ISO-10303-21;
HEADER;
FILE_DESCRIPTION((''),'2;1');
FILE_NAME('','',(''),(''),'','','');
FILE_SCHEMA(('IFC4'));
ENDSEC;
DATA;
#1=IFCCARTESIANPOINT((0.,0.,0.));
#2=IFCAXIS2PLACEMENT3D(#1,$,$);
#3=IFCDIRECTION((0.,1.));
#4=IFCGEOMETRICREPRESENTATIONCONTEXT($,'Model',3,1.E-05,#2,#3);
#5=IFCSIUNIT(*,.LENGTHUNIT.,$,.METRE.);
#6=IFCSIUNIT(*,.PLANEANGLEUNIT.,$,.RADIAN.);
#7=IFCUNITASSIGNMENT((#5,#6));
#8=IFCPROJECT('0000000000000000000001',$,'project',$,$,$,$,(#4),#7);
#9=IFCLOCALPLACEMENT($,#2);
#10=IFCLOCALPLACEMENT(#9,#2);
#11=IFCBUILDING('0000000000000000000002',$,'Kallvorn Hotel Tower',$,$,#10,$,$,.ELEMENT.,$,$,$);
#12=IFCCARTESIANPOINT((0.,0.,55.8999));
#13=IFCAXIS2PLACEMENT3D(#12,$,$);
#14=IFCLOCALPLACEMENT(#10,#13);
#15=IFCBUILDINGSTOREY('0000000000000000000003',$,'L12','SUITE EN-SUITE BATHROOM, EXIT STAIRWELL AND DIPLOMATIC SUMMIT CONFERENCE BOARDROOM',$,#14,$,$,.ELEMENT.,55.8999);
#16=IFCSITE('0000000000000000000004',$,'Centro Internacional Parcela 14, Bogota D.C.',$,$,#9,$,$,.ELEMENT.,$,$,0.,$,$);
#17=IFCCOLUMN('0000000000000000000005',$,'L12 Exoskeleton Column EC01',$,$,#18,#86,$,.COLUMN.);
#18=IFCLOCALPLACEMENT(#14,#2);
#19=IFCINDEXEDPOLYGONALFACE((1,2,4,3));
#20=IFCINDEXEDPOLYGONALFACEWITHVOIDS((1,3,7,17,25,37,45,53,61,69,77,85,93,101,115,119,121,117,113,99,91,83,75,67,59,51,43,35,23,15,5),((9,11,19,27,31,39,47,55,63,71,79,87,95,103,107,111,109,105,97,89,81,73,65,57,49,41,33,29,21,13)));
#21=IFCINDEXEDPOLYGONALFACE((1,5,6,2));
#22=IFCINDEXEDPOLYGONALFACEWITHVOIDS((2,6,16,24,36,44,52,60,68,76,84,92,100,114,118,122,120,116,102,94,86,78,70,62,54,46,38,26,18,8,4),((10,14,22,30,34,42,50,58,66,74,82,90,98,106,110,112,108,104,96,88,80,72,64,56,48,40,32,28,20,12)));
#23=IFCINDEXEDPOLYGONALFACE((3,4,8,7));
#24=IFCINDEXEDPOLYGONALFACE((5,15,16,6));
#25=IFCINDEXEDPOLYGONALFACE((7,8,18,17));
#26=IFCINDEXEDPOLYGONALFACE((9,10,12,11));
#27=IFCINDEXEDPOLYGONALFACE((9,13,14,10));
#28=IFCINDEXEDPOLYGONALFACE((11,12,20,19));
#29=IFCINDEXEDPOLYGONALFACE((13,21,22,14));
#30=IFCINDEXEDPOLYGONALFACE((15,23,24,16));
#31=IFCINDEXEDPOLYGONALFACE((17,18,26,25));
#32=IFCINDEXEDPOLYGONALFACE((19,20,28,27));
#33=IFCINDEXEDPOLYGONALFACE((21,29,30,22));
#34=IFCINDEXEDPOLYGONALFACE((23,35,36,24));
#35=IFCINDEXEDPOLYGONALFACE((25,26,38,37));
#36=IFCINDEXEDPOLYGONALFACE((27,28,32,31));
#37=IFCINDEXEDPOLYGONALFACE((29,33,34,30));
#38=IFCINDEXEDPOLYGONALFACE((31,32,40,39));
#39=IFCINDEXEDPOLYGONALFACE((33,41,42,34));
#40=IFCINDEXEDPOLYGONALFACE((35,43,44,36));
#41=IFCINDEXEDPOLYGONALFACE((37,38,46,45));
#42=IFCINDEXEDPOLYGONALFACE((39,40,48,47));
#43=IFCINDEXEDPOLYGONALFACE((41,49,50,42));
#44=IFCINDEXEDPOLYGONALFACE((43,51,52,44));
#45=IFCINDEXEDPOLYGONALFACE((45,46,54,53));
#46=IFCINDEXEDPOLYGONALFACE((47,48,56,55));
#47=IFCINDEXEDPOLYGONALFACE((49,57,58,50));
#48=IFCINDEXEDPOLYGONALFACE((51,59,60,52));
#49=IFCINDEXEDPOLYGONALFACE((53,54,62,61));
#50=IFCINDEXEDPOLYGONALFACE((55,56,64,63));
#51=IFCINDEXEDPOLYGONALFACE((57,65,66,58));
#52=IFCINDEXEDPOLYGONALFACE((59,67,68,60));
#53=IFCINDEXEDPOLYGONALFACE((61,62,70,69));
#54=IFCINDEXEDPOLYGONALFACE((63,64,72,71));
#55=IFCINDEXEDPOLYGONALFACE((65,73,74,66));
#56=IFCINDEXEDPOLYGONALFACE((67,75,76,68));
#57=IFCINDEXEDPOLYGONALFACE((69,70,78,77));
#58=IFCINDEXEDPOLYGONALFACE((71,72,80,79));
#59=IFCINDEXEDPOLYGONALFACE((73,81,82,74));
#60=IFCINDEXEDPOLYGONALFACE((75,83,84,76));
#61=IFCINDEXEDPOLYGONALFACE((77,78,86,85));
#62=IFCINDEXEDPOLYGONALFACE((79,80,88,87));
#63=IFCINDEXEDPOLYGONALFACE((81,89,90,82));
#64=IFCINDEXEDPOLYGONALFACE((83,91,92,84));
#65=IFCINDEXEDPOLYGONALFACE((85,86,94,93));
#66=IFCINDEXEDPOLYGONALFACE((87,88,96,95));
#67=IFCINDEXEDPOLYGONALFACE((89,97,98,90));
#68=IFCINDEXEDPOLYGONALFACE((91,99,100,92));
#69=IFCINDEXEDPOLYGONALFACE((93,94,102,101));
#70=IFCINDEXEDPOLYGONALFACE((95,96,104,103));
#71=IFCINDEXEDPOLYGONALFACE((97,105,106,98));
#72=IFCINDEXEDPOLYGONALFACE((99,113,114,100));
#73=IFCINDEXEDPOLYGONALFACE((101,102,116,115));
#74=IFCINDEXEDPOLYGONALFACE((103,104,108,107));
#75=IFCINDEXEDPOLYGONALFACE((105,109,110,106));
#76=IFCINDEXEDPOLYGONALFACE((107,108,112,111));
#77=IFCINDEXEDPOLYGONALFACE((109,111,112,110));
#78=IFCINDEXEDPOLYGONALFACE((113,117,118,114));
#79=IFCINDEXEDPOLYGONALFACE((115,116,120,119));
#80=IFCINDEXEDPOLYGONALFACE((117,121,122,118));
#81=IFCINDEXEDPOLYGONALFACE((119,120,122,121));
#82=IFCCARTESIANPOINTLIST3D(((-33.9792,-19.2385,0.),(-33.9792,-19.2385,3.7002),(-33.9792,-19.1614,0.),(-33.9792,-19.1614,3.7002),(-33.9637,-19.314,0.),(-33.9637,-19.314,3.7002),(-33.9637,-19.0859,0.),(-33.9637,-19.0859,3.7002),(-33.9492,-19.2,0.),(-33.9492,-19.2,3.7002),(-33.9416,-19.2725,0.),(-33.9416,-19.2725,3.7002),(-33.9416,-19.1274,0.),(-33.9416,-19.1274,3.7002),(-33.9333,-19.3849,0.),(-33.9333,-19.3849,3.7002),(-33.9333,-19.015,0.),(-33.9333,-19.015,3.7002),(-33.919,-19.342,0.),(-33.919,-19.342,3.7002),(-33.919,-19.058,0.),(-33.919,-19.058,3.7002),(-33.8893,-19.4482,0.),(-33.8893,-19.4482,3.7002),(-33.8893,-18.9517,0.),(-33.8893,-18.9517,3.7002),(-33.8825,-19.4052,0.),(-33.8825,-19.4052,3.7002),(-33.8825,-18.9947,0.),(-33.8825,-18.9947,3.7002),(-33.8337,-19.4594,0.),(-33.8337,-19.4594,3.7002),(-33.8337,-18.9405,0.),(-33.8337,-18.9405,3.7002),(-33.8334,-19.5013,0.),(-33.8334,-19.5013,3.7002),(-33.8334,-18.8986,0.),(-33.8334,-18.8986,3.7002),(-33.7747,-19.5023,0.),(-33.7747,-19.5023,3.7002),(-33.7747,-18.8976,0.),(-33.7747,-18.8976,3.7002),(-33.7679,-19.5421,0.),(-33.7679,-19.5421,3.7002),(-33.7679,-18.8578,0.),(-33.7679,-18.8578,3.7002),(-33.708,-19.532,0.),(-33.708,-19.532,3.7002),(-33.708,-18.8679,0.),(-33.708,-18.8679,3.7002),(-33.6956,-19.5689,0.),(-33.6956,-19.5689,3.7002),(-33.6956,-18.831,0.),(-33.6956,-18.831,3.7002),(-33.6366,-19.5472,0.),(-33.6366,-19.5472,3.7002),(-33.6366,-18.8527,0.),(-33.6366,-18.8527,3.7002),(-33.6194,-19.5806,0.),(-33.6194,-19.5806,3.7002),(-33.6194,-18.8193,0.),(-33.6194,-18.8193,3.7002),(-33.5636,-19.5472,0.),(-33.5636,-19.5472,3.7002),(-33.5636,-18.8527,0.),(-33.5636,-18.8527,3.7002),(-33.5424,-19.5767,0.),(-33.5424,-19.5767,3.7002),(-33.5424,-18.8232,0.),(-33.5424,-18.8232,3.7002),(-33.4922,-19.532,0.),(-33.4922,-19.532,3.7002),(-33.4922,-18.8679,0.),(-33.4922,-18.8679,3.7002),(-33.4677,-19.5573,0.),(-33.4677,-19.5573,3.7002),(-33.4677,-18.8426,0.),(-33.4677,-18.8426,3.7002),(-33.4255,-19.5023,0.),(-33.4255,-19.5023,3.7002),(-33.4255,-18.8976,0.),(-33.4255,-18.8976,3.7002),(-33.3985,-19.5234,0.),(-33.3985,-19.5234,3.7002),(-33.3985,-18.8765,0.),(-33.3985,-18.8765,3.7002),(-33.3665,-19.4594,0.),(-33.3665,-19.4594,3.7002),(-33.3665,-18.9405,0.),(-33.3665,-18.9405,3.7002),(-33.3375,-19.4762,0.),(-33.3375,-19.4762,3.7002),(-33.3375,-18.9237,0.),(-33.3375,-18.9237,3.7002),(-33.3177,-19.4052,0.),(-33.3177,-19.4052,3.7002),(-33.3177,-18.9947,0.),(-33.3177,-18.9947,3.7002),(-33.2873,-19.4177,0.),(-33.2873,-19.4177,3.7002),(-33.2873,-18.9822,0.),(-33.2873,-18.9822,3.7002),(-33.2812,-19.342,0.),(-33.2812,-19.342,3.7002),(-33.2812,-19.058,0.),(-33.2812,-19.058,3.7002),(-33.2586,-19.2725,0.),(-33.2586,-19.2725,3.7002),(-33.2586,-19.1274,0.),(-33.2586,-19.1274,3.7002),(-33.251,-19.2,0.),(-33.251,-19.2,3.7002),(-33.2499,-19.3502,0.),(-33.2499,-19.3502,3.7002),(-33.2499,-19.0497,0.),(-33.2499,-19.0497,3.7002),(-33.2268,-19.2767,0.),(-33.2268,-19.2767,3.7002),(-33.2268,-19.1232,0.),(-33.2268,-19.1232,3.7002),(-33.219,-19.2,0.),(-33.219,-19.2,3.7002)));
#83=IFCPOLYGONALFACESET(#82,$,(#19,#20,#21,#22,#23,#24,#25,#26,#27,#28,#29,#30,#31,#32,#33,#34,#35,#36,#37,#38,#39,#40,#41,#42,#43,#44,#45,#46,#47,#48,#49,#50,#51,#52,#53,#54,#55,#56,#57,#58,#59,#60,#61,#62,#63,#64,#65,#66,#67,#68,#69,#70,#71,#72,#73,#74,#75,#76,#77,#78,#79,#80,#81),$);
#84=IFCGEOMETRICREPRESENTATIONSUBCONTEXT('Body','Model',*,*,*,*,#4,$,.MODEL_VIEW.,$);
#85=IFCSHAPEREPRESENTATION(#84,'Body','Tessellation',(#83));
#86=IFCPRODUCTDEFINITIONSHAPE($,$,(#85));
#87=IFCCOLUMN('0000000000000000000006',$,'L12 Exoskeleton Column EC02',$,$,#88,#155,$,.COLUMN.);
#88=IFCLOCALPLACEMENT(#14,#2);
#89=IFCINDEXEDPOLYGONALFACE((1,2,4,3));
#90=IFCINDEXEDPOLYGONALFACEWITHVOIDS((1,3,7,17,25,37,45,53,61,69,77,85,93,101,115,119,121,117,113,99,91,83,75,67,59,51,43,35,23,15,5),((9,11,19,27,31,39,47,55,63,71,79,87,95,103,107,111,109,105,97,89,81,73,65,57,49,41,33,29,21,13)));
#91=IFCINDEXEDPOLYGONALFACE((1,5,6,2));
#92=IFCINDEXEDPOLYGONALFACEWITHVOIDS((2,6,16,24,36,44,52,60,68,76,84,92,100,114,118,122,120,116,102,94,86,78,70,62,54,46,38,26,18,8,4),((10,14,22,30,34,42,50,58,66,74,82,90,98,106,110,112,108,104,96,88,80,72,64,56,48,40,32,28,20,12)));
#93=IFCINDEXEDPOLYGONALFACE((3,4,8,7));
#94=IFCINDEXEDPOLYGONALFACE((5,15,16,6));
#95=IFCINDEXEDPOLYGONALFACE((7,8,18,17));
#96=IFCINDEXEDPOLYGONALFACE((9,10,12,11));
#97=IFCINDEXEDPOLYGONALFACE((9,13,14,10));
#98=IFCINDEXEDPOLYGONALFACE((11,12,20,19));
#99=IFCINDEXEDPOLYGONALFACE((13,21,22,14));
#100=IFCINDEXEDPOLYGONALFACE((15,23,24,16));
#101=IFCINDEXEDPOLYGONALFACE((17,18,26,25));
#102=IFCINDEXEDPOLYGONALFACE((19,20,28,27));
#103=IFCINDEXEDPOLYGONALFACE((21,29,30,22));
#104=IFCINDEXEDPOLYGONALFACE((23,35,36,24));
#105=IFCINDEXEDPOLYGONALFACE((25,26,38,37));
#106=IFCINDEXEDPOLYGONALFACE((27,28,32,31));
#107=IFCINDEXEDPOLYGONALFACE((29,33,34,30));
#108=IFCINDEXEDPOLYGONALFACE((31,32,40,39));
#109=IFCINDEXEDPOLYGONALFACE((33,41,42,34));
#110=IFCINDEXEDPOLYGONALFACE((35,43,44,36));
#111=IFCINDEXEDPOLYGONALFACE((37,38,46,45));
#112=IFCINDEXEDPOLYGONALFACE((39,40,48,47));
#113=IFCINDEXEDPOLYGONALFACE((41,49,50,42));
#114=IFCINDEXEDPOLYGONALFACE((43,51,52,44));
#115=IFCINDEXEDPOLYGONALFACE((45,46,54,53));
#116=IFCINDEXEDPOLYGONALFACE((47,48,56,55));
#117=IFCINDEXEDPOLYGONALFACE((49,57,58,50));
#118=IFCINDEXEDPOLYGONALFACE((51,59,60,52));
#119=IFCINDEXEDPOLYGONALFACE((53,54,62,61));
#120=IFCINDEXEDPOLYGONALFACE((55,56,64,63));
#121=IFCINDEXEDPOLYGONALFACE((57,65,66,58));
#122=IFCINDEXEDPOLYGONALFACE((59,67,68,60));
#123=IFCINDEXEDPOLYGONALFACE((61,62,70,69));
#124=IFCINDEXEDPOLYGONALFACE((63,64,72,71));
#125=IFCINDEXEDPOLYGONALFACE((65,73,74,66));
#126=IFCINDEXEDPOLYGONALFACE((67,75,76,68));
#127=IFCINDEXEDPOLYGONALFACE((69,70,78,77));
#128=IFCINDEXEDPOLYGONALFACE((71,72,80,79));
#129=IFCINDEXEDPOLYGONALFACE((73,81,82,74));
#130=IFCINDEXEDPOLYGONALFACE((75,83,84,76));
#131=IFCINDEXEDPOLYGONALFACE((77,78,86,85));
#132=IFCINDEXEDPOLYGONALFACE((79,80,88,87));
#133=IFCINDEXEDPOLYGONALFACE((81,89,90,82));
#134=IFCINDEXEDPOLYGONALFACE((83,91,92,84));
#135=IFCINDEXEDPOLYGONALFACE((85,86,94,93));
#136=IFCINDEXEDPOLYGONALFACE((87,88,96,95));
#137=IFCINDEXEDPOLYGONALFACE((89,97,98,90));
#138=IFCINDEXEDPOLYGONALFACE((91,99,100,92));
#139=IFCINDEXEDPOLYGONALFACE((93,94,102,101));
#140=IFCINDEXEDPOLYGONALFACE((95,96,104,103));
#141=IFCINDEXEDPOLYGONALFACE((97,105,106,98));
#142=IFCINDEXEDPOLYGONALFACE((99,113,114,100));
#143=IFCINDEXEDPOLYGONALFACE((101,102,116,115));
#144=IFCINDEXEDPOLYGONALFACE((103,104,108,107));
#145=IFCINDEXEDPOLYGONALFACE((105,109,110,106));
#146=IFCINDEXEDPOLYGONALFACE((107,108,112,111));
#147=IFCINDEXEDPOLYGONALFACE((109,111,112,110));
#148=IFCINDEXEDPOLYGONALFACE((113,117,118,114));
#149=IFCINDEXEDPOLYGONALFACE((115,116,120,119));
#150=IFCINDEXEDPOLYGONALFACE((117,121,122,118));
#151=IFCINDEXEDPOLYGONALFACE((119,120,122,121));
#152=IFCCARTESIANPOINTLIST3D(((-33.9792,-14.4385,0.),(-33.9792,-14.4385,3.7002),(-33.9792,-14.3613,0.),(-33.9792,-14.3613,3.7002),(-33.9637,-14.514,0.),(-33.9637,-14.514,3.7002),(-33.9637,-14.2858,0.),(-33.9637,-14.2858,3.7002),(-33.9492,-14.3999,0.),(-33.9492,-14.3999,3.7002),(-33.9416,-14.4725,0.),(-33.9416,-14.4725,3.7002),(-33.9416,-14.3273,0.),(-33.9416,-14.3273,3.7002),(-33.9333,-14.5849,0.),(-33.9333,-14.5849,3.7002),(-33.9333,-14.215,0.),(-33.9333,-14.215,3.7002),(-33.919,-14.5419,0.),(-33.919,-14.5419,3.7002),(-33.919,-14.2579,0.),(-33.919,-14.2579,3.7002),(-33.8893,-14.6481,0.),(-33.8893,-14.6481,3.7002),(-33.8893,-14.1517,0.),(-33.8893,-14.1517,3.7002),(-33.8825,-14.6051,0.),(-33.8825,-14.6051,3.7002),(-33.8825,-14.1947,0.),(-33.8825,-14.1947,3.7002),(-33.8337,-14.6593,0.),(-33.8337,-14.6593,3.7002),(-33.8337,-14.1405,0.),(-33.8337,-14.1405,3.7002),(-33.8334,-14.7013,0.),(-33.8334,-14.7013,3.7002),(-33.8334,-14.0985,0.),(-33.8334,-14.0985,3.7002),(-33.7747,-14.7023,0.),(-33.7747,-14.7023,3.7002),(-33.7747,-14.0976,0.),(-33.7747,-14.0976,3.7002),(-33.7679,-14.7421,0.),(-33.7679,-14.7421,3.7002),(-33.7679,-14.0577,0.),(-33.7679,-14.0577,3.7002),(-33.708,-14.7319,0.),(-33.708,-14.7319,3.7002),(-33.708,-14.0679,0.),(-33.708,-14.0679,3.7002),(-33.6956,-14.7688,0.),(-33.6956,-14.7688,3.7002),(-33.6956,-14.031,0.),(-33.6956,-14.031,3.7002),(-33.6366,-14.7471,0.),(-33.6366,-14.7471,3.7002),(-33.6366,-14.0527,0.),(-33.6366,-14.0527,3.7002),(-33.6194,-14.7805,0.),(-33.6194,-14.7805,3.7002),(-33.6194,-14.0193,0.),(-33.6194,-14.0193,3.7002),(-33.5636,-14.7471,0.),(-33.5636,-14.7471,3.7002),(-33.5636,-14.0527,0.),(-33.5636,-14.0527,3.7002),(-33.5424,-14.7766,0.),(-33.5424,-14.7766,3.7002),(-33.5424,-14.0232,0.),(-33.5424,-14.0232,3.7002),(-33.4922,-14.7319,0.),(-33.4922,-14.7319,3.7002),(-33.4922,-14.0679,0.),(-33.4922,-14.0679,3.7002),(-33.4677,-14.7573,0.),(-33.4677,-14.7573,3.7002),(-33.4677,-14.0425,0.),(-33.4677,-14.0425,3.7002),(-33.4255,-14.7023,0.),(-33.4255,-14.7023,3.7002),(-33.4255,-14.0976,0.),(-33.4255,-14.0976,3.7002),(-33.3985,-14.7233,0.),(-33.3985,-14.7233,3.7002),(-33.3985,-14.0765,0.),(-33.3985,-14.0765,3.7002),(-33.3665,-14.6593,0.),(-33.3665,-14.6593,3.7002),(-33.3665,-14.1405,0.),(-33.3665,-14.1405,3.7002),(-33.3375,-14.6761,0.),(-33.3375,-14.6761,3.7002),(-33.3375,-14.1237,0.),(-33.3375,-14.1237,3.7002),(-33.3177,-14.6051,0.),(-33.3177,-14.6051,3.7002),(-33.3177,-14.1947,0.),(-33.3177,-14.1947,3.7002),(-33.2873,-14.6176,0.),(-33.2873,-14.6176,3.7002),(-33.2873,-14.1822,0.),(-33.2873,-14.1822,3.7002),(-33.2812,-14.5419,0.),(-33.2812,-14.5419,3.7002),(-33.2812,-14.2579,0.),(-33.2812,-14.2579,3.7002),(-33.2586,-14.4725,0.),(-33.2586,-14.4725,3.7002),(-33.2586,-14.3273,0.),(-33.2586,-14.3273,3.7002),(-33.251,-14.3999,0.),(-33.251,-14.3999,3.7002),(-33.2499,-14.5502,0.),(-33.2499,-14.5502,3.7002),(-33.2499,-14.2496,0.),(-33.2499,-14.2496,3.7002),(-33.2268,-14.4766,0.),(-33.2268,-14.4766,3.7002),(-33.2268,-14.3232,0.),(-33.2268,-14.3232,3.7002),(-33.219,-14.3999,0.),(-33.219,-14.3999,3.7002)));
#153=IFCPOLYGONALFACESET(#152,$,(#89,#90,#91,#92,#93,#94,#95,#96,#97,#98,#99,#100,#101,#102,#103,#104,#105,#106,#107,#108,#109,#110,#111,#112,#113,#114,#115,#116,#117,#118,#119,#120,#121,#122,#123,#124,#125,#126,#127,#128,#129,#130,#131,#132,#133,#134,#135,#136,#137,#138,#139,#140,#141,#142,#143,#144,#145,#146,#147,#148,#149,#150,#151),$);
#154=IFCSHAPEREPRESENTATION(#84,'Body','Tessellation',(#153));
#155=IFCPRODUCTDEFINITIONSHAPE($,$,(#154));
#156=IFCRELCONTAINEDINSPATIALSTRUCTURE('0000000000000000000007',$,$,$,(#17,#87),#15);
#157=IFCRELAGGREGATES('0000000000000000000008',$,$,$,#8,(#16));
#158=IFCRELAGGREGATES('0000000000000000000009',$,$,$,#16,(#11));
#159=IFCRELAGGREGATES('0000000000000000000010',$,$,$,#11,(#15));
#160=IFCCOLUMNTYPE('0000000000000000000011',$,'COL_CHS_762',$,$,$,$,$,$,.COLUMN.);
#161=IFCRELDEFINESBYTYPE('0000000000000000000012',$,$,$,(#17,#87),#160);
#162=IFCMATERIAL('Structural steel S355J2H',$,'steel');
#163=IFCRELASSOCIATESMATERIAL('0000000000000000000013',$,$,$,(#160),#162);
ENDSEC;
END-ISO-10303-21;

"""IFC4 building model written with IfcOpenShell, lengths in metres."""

from ifc_helpers import new_model, si_unit, direction, frame, origin, origin_2d, place, context, subcontext, project, spatial, hollow_circle, extrude, material, material_profile, profile_set, type_object, element, save


model = new_model("IFC4")

# Units and contexts
model_context = context("Model", 3, precision=1e-05, world=origin(), true_north=direction((0.0, 1.0)))
body_context = subcontext(model_context, "Body", "Model", "MODEL_VIEW")
ifc_project = project(units=[si_unit("LENGTHUNIT", "METRE"), si_unit("PLANEANGLEUNIT", "RADIAN")], contexts=[model_context])

# Site, building, storey
site_placement = place(None, origin())
site = spatial("IfcSite", under=ifc_project, at=site_placement, Name="Centro Internacional Parcela 14, Bogota D.C.", CompositionType="ELEMENT", RefElevation=0.0)
building_placement = place(site_placement, origin())
building = spatial("IfcBuilding", under=site, at=building_placement, Name="Kallvorn Hotel Tower", CompositionType="ELEMENT")
storey_placement = place(building_placement, frame((0.0, 0.0, 55.8999)))
storey = spatial("IfcBuildingStorey", under=building, at=storey_placement, Name="L12", Description="SUITE EN-SUITE BATHROOM, EXIT STAIRWELL AND DIPLOMATIC SUMMIT CONFERENCE BOARDROOM", CompositionType="ELEMENT", Elevation=55.8999)

# Columns
ifc_material_1 = material(Name="Structural steel S355J2H", Category="steel")
ifc_material_profile_1 = material_profile(ifc_material_1, hollow_circle(Radius=0.3811, WallThickness=0.032, at=origin_2d()), Name="CHS 762x32")
ifc_profile_set_1 = profile_set([ifc_material_profile_1], Name="Structural steel S355J2H")
column_type = type_object("IfcColumnType", Name="COL_CHS_762", PredefinedType="COLUMN", material=ifc_profile_set_1)
for number, where, z_axis, x_axis, name in (
    (1, (-33.6001, -19.2, 0.0), (0.0, 0.0, 1.0), (1.0, 0.0, 0.0), "L12 Exoskeleton Column EC01"),
    (2, (-33.6001, -14.3999, 0.0), (0.0, 0.0, 1.0), (1.0, 0.0, 0.0), "L12 Exoskeleton Column EC02"),
):
    element("IfcColumn", number, at=place(storey_placement, frame(where, z_axis=z_axis, x_axis=x_axis)), inside=storey, type_object=column_type, Name=name, PredefinedType="COLUMN", context=body_context, shape_type="SweptSolid", body=[
        extrude(hollow_circle(Radius=0.3811, WallThickness=0.032, at=origin_2d()), origin(), (0.0, 0.0, 1.0), 3.7002),
    ])

save(model, "model.ifc")
